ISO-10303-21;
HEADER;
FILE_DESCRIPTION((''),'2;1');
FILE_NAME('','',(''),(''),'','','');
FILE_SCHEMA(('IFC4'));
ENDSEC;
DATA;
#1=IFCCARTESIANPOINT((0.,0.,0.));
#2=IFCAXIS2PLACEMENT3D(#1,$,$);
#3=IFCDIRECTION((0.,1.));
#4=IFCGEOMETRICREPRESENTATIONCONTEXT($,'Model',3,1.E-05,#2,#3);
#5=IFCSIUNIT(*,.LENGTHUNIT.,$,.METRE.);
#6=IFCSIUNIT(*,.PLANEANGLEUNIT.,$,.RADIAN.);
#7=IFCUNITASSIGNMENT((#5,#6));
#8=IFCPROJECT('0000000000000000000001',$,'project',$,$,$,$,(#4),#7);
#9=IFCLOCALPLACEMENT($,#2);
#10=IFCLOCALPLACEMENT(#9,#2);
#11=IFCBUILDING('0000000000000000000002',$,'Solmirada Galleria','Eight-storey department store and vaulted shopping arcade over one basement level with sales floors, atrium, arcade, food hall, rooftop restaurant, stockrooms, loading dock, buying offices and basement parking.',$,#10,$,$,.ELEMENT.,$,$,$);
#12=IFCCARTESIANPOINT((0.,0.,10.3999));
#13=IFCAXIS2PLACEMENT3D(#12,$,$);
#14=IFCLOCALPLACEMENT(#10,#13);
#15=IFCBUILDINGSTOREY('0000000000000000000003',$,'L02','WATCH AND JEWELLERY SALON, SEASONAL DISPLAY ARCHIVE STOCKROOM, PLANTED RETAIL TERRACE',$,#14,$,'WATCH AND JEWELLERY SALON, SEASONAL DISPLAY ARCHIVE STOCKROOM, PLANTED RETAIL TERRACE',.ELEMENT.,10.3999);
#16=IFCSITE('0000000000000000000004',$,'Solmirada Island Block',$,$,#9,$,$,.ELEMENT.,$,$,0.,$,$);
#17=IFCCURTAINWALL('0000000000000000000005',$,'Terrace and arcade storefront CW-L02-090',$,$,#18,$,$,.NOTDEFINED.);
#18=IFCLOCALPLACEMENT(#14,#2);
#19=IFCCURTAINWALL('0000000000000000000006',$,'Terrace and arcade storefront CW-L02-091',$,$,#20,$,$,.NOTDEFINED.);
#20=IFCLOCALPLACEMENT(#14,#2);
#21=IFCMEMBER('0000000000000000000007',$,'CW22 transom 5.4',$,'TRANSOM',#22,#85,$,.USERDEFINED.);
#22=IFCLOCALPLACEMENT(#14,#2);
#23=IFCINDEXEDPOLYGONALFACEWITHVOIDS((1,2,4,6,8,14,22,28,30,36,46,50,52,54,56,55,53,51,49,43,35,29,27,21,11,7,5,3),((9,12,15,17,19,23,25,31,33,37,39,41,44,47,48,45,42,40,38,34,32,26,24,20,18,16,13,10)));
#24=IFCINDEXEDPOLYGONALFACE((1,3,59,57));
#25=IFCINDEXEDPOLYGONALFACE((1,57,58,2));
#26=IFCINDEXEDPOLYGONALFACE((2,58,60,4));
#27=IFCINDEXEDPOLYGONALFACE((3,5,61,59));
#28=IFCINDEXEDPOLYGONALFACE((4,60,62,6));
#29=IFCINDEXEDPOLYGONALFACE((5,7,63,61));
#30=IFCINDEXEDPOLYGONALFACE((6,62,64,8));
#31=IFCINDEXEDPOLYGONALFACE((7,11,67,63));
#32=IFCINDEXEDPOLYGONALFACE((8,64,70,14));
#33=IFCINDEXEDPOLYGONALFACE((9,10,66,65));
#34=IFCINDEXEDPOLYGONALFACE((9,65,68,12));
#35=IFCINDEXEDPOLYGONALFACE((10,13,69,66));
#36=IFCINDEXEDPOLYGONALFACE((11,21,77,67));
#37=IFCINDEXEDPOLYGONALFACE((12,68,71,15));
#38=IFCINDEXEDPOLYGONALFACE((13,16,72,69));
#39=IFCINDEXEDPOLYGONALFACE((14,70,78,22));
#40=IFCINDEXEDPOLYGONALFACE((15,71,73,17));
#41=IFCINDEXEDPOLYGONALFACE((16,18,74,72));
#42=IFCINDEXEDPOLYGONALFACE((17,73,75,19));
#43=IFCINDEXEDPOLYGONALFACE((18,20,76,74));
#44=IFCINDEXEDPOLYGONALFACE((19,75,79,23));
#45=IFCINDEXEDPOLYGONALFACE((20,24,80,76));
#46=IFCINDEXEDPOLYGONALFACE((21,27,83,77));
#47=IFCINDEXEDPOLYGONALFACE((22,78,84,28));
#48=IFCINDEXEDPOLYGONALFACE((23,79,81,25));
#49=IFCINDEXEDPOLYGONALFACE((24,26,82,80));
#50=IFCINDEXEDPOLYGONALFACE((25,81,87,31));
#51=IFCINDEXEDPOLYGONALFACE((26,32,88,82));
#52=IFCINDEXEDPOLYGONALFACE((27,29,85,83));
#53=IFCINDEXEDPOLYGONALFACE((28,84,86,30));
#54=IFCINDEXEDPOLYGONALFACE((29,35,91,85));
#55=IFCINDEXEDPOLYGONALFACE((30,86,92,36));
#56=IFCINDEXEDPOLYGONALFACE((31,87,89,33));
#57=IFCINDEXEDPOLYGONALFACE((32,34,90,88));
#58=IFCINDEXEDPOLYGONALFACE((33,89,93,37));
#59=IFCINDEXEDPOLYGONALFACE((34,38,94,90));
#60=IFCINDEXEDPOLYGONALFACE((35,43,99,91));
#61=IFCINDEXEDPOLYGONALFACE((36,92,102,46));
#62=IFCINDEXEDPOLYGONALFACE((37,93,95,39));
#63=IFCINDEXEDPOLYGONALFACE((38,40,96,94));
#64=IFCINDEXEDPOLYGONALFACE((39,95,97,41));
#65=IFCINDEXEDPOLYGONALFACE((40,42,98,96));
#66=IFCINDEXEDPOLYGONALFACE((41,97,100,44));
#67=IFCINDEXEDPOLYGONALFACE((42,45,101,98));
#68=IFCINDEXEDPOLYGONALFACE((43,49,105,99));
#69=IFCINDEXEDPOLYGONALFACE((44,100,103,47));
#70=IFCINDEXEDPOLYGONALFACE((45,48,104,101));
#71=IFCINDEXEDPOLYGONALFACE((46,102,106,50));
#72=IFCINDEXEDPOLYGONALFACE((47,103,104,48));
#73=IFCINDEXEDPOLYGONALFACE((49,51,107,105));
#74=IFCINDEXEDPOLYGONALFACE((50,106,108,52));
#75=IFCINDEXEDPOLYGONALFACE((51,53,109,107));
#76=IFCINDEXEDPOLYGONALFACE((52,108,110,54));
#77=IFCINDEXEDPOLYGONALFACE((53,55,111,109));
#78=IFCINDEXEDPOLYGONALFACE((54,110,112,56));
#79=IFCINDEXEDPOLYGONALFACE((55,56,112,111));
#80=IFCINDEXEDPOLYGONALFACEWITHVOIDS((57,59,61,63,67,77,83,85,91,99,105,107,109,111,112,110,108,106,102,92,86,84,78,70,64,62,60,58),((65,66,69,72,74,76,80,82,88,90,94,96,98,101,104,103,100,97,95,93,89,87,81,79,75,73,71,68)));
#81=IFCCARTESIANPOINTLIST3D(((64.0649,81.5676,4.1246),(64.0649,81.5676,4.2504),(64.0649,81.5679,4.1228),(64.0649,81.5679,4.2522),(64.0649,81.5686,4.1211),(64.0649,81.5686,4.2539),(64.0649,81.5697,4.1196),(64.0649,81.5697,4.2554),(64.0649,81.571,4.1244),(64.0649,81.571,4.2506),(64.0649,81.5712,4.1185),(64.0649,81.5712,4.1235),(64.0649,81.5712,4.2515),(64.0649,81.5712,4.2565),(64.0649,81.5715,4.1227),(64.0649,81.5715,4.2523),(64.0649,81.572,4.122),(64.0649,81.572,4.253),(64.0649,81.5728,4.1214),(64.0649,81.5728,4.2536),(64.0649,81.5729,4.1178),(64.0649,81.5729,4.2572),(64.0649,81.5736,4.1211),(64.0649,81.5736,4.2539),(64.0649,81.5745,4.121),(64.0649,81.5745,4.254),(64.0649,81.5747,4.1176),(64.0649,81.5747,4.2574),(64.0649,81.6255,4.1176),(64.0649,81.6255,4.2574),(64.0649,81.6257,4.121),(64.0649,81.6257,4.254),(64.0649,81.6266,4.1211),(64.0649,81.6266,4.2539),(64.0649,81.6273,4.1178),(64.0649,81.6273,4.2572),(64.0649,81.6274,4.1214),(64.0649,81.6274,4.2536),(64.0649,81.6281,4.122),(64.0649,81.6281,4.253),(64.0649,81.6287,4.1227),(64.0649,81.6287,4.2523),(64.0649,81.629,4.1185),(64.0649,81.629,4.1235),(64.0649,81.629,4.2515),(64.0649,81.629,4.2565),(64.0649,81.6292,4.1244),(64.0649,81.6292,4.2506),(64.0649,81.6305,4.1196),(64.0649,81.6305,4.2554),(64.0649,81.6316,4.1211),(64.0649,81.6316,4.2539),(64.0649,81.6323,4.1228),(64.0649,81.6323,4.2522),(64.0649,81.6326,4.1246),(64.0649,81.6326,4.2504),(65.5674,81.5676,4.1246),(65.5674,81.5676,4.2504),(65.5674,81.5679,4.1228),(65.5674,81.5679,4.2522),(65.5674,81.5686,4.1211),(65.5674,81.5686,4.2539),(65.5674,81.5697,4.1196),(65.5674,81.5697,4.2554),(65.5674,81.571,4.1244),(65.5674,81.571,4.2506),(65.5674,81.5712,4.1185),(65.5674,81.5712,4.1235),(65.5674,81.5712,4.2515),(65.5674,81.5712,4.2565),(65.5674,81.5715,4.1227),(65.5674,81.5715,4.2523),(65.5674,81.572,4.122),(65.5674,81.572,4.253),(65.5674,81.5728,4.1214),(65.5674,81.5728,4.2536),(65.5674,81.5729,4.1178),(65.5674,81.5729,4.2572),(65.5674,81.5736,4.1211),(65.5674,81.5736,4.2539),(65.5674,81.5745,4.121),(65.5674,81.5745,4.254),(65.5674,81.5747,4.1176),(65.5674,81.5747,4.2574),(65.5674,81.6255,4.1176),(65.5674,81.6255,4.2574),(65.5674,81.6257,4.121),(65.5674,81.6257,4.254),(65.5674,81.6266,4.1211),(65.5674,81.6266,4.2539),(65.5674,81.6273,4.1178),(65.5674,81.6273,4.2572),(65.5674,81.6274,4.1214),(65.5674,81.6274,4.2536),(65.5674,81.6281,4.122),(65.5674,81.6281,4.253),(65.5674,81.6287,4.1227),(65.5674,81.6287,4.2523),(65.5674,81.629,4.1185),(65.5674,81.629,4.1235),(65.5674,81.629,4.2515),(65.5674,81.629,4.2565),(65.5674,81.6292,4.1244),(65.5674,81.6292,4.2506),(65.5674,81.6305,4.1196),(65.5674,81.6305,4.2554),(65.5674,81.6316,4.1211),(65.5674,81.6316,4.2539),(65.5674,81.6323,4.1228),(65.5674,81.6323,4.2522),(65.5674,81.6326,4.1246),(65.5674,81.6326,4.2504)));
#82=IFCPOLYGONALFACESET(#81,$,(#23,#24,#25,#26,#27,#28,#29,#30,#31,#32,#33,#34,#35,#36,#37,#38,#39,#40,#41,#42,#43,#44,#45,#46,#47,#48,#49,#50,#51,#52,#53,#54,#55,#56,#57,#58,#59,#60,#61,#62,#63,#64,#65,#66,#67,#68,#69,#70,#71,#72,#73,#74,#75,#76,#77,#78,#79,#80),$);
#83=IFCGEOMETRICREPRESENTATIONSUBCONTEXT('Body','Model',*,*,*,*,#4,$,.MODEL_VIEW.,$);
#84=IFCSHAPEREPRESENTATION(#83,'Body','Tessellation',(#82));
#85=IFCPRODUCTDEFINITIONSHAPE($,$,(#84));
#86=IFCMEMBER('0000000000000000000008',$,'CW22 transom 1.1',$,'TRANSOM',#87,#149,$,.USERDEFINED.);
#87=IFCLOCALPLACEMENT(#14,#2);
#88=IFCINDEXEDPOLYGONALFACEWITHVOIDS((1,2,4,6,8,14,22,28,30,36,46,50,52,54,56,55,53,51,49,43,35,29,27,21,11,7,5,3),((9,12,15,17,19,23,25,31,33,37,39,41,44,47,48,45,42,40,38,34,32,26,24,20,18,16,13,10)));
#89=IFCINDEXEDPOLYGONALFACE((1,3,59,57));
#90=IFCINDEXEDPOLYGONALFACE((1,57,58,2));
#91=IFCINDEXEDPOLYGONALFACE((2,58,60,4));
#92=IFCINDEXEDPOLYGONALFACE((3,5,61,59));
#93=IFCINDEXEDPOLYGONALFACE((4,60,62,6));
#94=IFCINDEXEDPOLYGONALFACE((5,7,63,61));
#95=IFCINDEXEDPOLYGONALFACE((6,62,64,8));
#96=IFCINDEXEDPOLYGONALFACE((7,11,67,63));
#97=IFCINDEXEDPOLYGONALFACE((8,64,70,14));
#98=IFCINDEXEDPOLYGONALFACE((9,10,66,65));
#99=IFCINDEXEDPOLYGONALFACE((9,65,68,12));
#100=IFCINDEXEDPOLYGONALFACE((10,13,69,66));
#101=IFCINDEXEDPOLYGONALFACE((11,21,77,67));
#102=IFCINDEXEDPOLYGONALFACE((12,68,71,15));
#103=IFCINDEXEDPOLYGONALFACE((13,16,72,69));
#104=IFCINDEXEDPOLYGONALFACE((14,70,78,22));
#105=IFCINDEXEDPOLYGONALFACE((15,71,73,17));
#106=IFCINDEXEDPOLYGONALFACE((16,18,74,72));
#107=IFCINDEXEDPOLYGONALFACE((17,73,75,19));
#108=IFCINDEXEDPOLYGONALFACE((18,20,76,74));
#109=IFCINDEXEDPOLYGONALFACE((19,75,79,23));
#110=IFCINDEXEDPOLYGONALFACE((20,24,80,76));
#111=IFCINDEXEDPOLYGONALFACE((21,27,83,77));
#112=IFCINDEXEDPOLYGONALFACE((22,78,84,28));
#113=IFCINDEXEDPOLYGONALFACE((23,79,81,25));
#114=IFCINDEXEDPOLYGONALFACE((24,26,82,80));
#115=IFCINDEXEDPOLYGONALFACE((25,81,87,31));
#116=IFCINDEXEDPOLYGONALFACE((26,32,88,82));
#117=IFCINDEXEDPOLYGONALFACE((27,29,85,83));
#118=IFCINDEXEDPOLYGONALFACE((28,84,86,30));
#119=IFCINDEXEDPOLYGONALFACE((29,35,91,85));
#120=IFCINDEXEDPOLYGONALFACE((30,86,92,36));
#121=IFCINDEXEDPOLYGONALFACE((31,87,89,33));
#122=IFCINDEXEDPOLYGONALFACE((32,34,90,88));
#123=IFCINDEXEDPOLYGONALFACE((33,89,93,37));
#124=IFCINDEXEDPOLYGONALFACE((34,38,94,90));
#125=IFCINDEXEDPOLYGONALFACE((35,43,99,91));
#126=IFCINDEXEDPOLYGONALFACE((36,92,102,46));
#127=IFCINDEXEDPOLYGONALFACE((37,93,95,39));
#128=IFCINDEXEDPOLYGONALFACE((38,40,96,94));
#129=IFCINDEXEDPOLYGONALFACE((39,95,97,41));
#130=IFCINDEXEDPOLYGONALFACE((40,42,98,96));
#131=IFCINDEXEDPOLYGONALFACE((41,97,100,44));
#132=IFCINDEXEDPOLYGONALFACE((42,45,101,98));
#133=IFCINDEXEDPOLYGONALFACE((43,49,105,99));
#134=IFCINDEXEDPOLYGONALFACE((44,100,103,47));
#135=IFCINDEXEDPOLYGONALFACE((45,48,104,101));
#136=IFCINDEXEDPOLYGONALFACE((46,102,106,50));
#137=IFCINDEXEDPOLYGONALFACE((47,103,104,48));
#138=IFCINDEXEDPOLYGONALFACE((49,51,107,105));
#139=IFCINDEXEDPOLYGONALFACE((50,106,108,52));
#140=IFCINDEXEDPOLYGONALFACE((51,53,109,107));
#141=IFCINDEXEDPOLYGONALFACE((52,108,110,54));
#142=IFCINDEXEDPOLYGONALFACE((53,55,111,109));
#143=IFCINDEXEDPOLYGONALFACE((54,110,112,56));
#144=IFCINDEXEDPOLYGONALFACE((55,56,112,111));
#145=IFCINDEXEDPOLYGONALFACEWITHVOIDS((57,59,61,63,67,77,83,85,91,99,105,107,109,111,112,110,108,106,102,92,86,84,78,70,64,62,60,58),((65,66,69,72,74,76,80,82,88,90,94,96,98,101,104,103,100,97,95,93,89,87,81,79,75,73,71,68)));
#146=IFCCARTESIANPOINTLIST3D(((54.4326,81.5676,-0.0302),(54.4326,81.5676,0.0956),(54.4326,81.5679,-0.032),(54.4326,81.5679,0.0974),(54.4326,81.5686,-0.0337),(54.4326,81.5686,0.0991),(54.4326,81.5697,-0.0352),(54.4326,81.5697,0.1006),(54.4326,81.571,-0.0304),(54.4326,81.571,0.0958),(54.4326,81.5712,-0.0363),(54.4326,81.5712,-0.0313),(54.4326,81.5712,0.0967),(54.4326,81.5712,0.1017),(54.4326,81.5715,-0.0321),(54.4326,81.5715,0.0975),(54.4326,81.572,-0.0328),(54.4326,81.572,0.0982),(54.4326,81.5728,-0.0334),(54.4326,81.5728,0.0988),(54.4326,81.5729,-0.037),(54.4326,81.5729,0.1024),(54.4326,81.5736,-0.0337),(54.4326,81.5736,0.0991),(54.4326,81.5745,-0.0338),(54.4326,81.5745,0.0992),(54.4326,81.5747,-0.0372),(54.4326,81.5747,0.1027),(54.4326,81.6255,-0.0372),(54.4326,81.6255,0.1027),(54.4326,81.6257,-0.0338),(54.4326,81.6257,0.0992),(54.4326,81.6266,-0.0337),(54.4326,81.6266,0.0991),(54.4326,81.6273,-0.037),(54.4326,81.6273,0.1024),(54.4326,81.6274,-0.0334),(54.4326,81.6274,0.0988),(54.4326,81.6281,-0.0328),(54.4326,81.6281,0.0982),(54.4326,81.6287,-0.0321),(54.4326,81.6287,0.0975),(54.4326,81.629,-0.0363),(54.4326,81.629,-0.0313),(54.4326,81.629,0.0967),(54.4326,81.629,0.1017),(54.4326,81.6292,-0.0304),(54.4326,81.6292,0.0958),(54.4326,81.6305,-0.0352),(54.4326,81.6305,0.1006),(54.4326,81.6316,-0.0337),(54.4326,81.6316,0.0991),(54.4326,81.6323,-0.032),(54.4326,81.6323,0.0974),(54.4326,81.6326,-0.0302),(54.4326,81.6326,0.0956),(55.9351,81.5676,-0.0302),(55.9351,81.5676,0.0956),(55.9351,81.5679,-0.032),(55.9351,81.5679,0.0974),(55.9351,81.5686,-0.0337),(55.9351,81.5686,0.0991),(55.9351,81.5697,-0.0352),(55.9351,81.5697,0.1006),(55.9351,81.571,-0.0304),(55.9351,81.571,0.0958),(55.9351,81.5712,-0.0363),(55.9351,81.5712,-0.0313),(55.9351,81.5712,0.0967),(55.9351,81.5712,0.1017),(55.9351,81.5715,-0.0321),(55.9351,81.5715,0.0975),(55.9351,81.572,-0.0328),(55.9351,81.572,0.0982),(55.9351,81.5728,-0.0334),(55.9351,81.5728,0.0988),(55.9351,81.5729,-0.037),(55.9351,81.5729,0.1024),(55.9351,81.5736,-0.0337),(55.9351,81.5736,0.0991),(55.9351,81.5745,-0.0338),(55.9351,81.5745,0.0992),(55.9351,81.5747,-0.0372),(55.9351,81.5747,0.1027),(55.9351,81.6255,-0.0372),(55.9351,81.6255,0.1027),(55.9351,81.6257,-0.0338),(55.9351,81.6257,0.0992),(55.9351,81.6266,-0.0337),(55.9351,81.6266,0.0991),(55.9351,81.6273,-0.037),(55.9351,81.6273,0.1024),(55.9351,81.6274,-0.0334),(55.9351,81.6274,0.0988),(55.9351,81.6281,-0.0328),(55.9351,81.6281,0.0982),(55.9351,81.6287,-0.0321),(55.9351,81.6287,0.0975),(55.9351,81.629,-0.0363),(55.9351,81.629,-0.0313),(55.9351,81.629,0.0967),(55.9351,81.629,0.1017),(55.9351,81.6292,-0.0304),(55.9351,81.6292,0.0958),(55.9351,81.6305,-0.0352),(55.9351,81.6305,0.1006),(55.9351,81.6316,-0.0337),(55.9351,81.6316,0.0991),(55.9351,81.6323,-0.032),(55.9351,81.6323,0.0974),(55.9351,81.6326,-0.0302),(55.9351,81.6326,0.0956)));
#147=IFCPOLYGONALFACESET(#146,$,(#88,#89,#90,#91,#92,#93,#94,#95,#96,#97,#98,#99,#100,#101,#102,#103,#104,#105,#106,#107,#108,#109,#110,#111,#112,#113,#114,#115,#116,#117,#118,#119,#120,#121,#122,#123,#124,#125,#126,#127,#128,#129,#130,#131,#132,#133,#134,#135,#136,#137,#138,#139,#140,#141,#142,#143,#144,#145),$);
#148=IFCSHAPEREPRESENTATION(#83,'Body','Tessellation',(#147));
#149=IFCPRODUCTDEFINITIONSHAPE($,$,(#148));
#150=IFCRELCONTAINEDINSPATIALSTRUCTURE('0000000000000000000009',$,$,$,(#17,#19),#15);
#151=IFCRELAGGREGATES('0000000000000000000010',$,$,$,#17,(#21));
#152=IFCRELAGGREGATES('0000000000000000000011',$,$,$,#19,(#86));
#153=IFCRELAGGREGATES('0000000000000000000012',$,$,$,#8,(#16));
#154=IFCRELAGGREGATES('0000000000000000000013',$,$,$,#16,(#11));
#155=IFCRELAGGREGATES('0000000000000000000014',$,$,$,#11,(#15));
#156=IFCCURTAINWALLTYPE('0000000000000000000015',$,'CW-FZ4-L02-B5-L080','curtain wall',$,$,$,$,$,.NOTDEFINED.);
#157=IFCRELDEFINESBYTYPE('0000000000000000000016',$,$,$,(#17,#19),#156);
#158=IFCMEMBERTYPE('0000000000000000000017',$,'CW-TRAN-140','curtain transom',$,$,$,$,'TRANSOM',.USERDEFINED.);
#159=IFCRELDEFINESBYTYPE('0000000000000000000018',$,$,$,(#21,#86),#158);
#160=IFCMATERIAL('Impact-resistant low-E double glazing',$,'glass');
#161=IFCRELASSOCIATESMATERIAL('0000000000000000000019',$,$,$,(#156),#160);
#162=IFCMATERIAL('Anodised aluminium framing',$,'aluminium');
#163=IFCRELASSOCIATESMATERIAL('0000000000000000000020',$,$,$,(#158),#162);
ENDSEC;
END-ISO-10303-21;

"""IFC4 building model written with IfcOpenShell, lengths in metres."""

from ifc_helpers import new_model, si_unit, direction, frame, origin, origin_2d, place, context, subcontext, project, spatial, hollow_rectangle, extrude, material, material_profile, profile_set, type_object, element, aggregate, save


model = new_model("IFC4")

# Units and contexts
model_context = context("Model", 3, precision=1e-05, world=origin(), true_north=direction((0.0, 1.0)))
body_context = subcontext(model_context, "Body", "Model", "MODEL_VIEW")
ifc_project = project(units=[si_unit("LENGTHUNIT", "METRE"), si_unit("PLANEANGLEUNIT", "RADIAN")], contexts=[model_context])

# Site, building, storey
site_placement = place(None, origin())
site = spatial("IfcSite", under=ifc_project, at=site_placement, Name="Solmirada Island Block", CompositionType="ELEMENT", RefElevation=0.0)
building_placement = place(site_placement, origin())
building = spatial("IfcBuilding", under=site, at=building_placement, Name="Solmirada Galleria", Description="Eight-storey department store and vaulted shopping arcade over one basement level with sales floors, atrium, arcade, food hall, rooftop restaurant, stockrooms, loading dock, buying offices and basement parking.", CompositionType="ELEMENT")
storey_placement = place(building_placement, frame((0.0, 0.0, 10.3999)))
storey = spatial("IfcBuildingStorey", under=building, at=storey_placement, Name="L02", Description="WATCH AND JEWELLERY SALON, SEASONAL DISPLAY ARCHIVE STOCKROOM, PLANTED RETAIL TERRACE", LongName="WATCH AND JEWELLERY SALON, SEASONAL DISPLAY ARCHIVE STOCKROOM, PLANTED RETAIL TERRACE", CompositionType="ELEMENT", Elevation=10.3999)

# Curtain walls
ifc_material_1 = material(Name="Impact-resistant low-E double glazing", Category="glass")
curtain_wall_type = type_object("IfcCurtainWallType", Name="CW-FZ4-L02-B5-L080", Description="curtain wall", PredefinedType="NOTDEFINED", material=ifc_material_1)
curtain_wall_1_placement = place(storey_placement, origin())
curtain_wall_1 = element("IfcCurtainWall", 1, at=curtain_wall_1_placement, inside=storey, type_object=curtain_wall_type, Name="Terrace and arcade storefront CW-L02-090", PredefinedType="NOTDEFINED")
ifc_material_2 = material(Name="Anodised aluminium framing", Category="aluminium")
curtain_wall_2_placement = place(storey_placement, origin())
curtain_wall_2 = element("IfcCurtainWall", 2, at=curtain_wall_2_placement, inside=storey, type_object=curtain_wall_type, Name="Terrace and arcade storefront CW-L02-091", PredefinedType="NOTDEFINED")

# Members
ifc_material_profile_1 = material_profile(ifc_material_2, hollow_rectangle(XDim=0.0649, YDim=0.1399, WallThickness=0.0034, InnerFilletRadius=0.0034, OuterFilletRadius=0.0071, at=origin_2d()), Name="ALU-TRAN-140X65")
ifc_profile_set_1 = profile_set([ifc_material_profile_1], Name="Anodised aluminium framing")
member_type_1 = type_object("IfcMemberType", Name="CW-TRAN-140", Description="curtain transom", ElementType="TRANSOM", PredefinedType="USERDEFINED", material=ifc_profile_set_1)
member_1_placement = place(storey_placement, frame((65.5674, 81.6001, 4.1875), z_axis=(-1.0, 0.0, 0.0), x_axis=(0.0, -1.0, 0.0)))
member_1 = element("IfcMember", 3, at=member_1_placement, type_object=member_type_1, Name="CW22 transom 5.4", ObjectType="TRANSOM", PredefinedType="USERDEFINED", context=body_context, shape_type="SweptSolid", body=[
    extrude(hollow_rectangle(XDim=0.0649, YDim=0.1399, WallThickness=0.0034, InnerFilletRadius=0.0034, OuterFilletRadius=0.0071, at=origin_2d()), origin(), (0.0, 0.0, 1.0), 1.5024),
])
member_2_placement = place(storey_placement, frame((55.9351, 81.6001, 0.0327), z_axis=(-1.0, 0.0, 0.0), x_axis=(0.0, -1.0, 0.0)))
member_2 = element("IfcMember", 4, at=member_2_placement, type_object=member_type_1, Name="CW22 transom 1.1", ObjectType="TRANSOM", PredefinedType="USERDEFINED", context=body_context, shape_type="SweptSolid", body=[
    extrude(hollow_rectangle(XDim=0.0649, YDim=0.1399, WallThickness=0.0034, InnerFilletRadius=0.0034, OuterFilletRadius=0.0071, at=origin_2d()), origin(), (0.0, 0.0, 1.0), 1.5024),
])

aggregate(curtain_wall_1, [member_1])
aggregate(curtain_wall_2, [member_2])

save(model, "model.ifc")
